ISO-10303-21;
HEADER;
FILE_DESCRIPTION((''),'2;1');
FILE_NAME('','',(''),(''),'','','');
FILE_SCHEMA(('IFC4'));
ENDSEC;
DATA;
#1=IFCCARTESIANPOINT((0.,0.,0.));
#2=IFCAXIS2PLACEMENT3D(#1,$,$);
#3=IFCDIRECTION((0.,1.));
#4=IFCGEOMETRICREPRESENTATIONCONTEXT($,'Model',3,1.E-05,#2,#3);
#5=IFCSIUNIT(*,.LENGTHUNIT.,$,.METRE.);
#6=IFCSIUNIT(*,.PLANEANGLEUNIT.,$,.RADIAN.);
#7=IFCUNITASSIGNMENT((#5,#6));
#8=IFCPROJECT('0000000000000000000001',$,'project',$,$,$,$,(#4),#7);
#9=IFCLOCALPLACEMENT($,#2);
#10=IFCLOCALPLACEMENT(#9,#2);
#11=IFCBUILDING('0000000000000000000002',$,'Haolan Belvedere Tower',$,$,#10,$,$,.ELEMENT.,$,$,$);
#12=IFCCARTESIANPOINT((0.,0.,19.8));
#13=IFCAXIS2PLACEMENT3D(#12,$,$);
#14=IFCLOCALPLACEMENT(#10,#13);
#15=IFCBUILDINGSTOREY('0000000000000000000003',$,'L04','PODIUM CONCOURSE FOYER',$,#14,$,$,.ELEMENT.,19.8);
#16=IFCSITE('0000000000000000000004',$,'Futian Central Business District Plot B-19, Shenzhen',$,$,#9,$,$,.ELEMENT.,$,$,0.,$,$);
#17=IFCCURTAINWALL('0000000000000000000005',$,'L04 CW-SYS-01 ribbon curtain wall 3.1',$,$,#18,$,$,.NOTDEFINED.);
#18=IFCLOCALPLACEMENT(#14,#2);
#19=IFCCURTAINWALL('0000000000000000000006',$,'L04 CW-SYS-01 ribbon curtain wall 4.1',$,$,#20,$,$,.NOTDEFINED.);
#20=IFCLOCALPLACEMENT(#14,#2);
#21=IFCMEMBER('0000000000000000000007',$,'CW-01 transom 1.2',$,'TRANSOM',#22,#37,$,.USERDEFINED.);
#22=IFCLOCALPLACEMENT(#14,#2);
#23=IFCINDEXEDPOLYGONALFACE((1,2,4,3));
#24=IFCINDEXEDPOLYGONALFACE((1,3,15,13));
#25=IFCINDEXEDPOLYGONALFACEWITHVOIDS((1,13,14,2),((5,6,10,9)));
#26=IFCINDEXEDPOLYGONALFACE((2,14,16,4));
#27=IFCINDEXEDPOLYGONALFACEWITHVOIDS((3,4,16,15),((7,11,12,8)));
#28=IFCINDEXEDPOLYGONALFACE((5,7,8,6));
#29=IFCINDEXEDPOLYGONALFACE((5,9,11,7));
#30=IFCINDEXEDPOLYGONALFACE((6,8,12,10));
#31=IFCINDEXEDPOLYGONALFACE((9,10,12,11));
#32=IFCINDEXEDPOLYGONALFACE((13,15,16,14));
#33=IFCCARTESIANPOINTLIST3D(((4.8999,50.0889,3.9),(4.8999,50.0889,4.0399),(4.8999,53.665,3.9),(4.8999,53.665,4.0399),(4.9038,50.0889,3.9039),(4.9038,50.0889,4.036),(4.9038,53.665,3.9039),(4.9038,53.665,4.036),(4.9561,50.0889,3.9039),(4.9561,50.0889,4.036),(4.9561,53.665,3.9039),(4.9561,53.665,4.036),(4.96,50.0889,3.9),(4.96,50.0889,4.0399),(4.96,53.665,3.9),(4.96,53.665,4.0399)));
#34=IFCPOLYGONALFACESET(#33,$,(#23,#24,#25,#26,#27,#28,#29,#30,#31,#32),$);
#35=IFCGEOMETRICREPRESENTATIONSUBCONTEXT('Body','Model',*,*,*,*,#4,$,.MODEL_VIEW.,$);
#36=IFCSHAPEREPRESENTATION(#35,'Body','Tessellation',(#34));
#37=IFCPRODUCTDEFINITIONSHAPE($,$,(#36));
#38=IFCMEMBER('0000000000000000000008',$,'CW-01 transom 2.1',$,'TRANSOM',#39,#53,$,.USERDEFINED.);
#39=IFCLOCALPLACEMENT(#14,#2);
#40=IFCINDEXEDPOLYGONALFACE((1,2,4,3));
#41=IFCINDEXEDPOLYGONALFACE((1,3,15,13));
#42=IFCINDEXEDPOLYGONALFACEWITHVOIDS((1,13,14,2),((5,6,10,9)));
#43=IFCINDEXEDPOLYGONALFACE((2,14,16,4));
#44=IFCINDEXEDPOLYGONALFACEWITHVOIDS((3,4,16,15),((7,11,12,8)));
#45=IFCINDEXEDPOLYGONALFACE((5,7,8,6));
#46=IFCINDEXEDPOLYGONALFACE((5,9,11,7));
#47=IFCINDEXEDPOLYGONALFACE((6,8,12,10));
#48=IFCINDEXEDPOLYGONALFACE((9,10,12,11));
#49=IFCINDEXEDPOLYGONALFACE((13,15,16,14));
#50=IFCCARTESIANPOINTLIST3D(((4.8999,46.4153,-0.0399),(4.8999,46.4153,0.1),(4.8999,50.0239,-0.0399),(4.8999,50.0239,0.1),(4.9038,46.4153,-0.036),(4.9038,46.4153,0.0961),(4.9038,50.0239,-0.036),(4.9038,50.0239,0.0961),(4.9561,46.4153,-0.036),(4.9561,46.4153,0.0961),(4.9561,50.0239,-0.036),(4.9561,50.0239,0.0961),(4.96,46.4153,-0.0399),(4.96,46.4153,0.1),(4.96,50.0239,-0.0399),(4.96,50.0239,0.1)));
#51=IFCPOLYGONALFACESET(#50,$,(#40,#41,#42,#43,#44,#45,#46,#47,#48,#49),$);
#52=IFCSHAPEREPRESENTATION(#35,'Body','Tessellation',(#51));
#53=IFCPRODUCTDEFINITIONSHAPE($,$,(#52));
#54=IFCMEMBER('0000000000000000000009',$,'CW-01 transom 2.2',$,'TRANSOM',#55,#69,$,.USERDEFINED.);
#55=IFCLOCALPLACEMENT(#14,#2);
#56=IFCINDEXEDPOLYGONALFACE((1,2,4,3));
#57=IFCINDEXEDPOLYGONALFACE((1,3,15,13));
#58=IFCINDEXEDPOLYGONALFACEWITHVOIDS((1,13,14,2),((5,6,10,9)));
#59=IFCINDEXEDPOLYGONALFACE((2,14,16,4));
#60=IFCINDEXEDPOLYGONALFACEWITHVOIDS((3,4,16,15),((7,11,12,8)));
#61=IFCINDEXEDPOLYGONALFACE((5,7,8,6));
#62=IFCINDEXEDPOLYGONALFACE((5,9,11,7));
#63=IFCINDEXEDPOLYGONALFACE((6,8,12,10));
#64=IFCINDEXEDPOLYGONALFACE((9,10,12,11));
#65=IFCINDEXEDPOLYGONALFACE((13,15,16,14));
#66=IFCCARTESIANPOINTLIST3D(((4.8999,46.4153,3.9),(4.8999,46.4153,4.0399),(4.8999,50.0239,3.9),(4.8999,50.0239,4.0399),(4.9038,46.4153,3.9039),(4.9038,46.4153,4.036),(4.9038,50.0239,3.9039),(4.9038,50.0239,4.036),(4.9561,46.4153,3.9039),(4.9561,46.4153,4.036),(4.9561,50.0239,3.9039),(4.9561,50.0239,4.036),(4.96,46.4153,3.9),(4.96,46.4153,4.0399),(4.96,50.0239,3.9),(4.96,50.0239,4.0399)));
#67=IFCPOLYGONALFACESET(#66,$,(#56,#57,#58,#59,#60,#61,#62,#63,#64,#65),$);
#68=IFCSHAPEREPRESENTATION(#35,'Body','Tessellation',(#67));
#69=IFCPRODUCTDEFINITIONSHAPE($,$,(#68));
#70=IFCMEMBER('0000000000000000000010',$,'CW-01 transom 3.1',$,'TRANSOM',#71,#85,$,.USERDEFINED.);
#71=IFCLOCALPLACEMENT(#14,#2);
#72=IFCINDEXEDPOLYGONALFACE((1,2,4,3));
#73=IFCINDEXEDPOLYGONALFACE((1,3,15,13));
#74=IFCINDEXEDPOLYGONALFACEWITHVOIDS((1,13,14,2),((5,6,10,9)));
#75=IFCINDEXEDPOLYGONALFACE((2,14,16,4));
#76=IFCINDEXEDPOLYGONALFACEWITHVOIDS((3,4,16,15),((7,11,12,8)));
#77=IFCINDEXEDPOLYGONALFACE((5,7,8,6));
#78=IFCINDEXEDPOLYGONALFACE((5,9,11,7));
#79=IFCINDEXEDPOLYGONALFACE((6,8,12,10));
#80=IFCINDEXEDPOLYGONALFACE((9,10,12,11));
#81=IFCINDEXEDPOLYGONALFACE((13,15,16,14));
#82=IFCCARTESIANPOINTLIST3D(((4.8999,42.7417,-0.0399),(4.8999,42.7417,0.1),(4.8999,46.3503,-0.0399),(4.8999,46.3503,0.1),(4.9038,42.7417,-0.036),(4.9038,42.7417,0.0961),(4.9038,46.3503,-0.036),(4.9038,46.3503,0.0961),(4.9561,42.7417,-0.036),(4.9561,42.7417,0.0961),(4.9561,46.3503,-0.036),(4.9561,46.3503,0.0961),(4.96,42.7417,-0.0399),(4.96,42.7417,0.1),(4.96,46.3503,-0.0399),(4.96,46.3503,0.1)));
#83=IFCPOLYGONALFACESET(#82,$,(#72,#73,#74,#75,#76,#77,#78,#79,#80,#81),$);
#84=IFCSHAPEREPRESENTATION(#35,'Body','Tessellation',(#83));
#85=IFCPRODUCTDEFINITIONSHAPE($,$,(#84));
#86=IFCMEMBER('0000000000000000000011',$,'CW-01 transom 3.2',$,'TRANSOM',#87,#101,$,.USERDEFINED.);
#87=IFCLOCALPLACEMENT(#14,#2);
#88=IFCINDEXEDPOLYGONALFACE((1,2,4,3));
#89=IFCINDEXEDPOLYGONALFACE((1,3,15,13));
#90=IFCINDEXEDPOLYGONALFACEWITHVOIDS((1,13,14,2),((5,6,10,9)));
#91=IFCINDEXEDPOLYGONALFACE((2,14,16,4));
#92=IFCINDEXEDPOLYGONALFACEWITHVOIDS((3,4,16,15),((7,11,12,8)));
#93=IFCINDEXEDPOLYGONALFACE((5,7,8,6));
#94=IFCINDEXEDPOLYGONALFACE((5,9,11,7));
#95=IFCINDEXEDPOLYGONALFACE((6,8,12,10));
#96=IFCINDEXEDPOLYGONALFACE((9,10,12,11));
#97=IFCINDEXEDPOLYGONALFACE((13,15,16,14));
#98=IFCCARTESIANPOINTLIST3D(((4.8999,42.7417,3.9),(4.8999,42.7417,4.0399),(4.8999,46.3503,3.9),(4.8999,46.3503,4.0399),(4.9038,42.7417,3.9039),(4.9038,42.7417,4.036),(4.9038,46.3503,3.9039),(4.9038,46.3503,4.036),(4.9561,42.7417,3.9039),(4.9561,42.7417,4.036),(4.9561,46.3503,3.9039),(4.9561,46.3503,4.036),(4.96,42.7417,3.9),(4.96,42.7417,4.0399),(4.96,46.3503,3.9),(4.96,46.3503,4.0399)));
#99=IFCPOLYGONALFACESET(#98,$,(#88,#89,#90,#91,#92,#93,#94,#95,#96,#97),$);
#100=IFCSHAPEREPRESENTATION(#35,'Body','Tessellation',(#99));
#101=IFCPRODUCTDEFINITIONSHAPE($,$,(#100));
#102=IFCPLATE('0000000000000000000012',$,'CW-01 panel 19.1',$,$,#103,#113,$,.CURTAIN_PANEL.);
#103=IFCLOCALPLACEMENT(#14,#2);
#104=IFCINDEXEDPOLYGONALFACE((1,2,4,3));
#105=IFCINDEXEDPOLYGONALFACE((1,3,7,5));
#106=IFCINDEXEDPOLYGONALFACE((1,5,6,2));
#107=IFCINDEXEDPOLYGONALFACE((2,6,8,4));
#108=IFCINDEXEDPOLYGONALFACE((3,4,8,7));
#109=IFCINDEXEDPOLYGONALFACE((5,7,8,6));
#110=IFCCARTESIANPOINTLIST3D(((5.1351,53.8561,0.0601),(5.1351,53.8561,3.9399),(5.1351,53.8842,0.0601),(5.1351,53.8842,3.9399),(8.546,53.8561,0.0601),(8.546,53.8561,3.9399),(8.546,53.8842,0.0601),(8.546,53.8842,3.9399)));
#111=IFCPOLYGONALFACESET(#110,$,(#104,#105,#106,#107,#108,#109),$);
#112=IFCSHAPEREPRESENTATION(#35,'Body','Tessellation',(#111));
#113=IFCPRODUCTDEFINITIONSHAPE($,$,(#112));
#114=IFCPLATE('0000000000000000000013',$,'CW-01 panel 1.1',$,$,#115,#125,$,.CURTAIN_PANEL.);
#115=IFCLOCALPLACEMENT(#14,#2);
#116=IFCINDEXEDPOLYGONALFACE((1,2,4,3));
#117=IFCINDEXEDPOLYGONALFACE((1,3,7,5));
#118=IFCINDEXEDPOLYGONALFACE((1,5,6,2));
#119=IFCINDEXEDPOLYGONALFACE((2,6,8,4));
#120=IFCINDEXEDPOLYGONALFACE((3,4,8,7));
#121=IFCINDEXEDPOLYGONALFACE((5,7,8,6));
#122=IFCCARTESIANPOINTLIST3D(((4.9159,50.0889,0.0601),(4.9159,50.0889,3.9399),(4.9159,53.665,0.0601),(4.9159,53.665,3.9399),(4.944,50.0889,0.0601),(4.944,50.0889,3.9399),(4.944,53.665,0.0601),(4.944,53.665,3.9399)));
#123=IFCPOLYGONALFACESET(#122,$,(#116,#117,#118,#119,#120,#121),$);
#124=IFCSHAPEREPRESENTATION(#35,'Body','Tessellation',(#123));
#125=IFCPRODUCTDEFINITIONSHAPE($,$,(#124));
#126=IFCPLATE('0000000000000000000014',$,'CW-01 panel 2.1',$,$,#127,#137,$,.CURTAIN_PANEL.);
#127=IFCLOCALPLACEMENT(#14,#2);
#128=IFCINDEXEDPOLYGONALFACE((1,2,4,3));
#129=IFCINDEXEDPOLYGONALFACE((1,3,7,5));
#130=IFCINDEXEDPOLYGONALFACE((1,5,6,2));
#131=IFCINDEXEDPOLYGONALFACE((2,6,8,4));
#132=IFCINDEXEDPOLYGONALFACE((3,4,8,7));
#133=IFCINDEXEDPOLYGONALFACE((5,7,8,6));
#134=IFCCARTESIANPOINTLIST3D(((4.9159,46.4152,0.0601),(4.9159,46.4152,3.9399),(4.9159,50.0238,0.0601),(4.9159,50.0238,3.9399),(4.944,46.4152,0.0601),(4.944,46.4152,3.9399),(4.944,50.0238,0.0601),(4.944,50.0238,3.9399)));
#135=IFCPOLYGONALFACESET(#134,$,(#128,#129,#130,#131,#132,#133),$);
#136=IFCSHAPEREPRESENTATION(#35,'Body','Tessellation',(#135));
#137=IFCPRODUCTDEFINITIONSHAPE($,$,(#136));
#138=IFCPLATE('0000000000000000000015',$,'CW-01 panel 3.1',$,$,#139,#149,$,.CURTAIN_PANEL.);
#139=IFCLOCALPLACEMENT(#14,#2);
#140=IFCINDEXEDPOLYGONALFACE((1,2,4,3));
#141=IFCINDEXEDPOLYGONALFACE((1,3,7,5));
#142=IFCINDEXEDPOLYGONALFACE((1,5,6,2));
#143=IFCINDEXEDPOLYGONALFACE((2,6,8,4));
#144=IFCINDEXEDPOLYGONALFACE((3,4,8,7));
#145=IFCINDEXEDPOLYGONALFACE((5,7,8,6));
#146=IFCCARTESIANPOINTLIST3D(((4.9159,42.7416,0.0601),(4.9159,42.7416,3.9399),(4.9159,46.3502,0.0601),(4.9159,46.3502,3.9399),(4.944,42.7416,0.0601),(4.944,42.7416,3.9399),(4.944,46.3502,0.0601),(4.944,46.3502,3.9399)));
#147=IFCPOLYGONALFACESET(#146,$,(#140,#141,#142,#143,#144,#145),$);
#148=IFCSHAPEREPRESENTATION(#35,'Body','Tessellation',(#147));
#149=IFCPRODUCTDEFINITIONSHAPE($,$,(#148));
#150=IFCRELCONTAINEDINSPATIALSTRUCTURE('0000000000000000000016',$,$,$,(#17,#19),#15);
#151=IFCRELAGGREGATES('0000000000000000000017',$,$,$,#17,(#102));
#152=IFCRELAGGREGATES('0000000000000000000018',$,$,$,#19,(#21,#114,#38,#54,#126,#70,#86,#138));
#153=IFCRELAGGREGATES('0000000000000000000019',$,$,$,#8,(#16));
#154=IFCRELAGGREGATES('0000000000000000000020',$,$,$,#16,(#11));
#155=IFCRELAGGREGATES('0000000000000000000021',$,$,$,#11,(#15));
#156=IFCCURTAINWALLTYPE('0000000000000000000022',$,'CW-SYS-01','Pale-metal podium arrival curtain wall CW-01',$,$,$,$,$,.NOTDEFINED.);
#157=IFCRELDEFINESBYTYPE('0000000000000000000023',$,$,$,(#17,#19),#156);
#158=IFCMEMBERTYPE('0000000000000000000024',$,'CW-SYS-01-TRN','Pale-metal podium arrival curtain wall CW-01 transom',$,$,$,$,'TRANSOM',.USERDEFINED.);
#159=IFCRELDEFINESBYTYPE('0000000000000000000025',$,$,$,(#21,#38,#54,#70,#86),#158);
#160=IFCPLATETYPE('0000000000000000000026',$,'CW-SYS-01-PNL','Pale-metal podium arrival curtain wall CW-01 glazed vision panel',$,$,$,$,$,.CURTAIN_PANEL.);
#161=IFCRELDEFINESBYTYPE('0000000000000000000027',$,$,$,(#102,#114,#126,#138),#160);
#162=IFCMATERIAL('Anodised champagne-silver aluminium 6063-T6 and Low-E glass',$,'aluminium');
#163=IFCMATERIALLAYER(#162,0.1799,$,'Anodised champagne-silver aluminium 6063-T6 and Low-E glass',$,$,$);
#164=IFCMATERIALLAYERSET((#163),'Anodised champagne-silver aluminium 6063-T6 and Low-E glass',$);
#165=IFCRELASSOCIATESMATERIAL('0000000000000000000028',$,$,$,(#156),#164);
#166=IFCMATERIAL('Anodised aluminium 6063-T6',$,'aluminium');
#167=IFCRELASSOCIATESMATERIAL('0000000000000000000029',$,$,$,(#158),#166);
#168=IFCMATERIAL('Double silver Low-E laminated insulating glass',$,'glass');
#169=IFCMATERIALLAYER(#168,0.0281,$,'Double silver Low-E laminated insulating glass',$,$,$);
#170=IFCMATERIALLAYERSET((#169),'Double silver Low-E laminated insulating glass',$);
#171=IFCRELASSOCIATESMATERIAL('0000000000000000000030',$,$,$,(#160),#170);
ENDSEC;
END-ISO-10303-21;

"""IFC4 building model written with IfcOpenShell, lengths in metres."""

from ifc_helpers import new_model, si_unit, direction, frame, origin, origin_2d, place, context, subcontext, project, spatial, rectangle, hollow_rectangle, extrude, material, layer, layer_set, material_profile, profile_set, type_object, element, aggregate, save


model = new_model("IFC4")

# Units and contexts
model_context = context("Model", 3, precision=1e-05, world=origin(), true_north=direction((0.0, 1.0)))
body_context = subcontext(model_context, "Body", "Model", "MODEL_VIEW")
ifc_project = project(units=[si_unit("LENGTHUNIT", "METRE"), si_unit("PLANEANGLEUNIT", "RADIAN")], contexts=[model_context])

# Site, building, storey
site_placement = place(None, origin())
site = spatial("IfcSite", under=ifc_project, at=site_placement, Name="Futian Central Business District Plot B-19, Shenzhen", CompositionType="ELEMENT", RefElevation=0.0)
building_placement = place(site_placement, origin())
building = spatial("IfcBuilding", under=site, at=building_placement, Name="Haolan Belvedere Tower", CompositionType="ELEMENT")
storey_placement = place(building_placement, frame((0.0, 0.0, 19.8)))
storey = spatial("IfcBuildingStorey", under=building, at=storey_placement, Name="L04", Description="PODIUM CONCOURSE FOYER", CompositionType="ELEMENT", Elevation=19.8)

# Curtain wall
ifc_material_1 = material(Name="Anodised champagne-silver aluminium 6063-T6 and Low-E glass", Category="aluminium")
ifc_layer_1 = layer(ifc_material_1, 0.1799, Name="Anodised champagne-silver aluminium 6063-T6 and Low-E glass")
ifc_layer_set_1 = layer_set([ifc_layer_1], Name="Anodised champagne-silver aluminium 6063-T6 and Low-E glass")
curtain_wall_type = type_object("IfcCurtainWallType", Name="CW-SYS-01", Description="Pale-metal podium arrival curtain wall CW-01", PredefinedType="NOTDEFINED", material=ifc_layer_set_1)
curtain_wall_1_placement = place(storey_placement, origin())
curtain_wall_1 = element("IfcCurtainWall", 1, at=curtain_wall_1_placement, inside=storey, type_object=curtain_wall_type, Name="L04 CW-SYS-01 ribbon curtain wall 3.1", PredefinedType="NOTDEFINED")
ifc_material_2 = material(Name="Anodised aluminium 6063-T6", Category="aluminium")

# Curtain wall
curtain_wall_2_placement = place(storey_placement, origin())
curtain_wall_2 = element("IfcCurtainWall", 2, at=curtain_wall_2_placement, inside=storey, type_object=curtain_wall_type, Name="L04 CW-SYS-01 ribbon curtain wall 4.1", PredefinedType="NOTDEFINED")

# Members
ifc_material_profile_1 = material_profile(ifc_material_2, hollow_rectangle(XDim=0.0601, YDim=0.1399, WallThickness=0.0039, at=origin_2d()), Name="Anodised aluminium 6063-T6")
ifc_profile_set_1 = profile_set([ifc_material_profile_1], Name="Anodised aluminium 6063-T6")
member_type_1 = type_object("IfcMemberType", Name="CW-SYS-01-TRN", Description="Pale-metal podium arrival curtain wall CW-01 transom", ElementType="TRANSOM", PredefinedType="USERDEFINED", material=ifc_profile_set_1)
member_1_placement = place(storey_placement, frame((4.9299, 53.665, 3.97), z_axis=(0.0, -1.0, 0.0), x_axis=(1.0, 0.0, 0.0)))
member_1 = element("IfcMember", 3, at=member_1_placement, type_object=member_type_1, Name="CW-01 transom 1.2", ObjectType="TRANSOM", PredefinedType="USERDEFINED", context=body_context, shape_type="SweptSolid", body=[
    extrude(hollow_rectangle(XDim=0.0601, YDim=0.1399, WallThickness=0.0039, at=origin_2d()), origin(), (0.0, 0.0, 1.0), 3.5762),
])
member_2_placement = place(storey_placement, frame((4.9299, 50.0239, 0.03), z_axis=(0.0, -1.0, 0.0), x_axis=(1.0, 0.0, 0.0)))
member_2 = element("IfcMember", 4, at=member_2_placement, type_object=member_type_1, Name="CW-01 transom 2.1", ObjectType="TRANSOM", PredefinedType="USERDEFINED", context=body_context, shape_type="SweptSolid", body=[
    extrude(hollow_rectangle(XDim=0.0601, YDim=0.1399, WallThickness=0.0039, at=origin_2d()), origin(), (0.0, 0.0, 1.0), 3.6086),
])
member_3_placement = place(storey_placement, frame((4.9299, 50.0239, 3.97), z_axis=(0.0, -1.0, 0.0), x_axis=(1.0, 0.0, 0.0)))
member_3 = element("IfcMember", 5, at=member_3_placement, type_object=member_type_1, Name="CW-01 transom 2.2", ObjectType="TRANSOM", PredefinedType="USERDEFINED", context=body_context, shape_type="SweptSolid", body=[
    extrude(hollow_rectangle(XDim=0.0601, YDim=0.1399, WallThickness=0.0039, at=origin_2d()), origin(), (0.0, 0.0, 1.0), 3.6086),
])
member_4_placement = place(storey_placement, frame((4.9299, 46.3503, 0.03), z_axis=(0.0, -1.0, 0.0), x_axis=(1.0, 0.0, 0.0)))
member_4 = element("IfcMember", 6, at=member_4_placement, type_object=member_type_1, Name="CW-01 transom 3.1", ObjectType="TRANSOM", PredefinedType="USERDEFINED", context=body_context, shape_type="SweptSolid", body=[
    extrude(hollow_rectangle(XDim=0.0601, YDim=0.1399, WallThickness=0.0039, at=origin_2d()), origin(), (0.0, 0.0, 1.0), 3.6086),
])
member_5_placement = place(storey_placement, frame((4.9299, 46.3503, 3.97), z_axis=(0.0, -1.0, 0.0), x_axis=(1.0, 0.0, 0.0)))
member_5 = element("IfcMember", 7, at=member_5_placement, type_object=member_type_1, Name="CW-01 transom 3.2", ObjectType="TRANSOM", PredefinedType="USERDEFINED", context=body_context, shape_type="SweptSolid", body=[
    extrude(hollow_rectangle(XDim=0.0601, YDim=0.1399, WallThickness=0.0039, at=origin_2d()), origin(), (0.0, 0.0, 1.0), 3.6086),
])

# Plates
ifc_material_3 = material(Name="Double silver Low-E laminated insulating glass", Category="glass")
ifc_layer_2 = layer(ifc_material_3, 0.0281, Name="Double silver Low-E laminated insulating glass")
ifc_layer_set_2 = layer_set([ifc_layer_2], Name="Double silver Low-E laminated insulating glass")
plate_type = type_object("IfcPlateType", Name="CW-SYS-01-PNL", Description="Pale-metal podium arrival curtain wall CW-01 glazed vision panel", PredefinedType="CURTAIN_PANEL", material=ifc_layer_set_2)
plate_1_placement = place(storey_placement, frame((6.8406, 53.8701, 0.0601), z_axis=(0.0, 0.0, 1.0), x_axis=(-1.0, 0.0, 0.0)))
plate_1 = element("IfcPlate", 8, at=plate_1_placement, type_object=plate_type, Name="CW-01 panel 19.1", PredefinedType="CURTAIN_PANEL", context=body_context, shape_type="SweptSolid", body=[
    extrude(rectangle(XDim=3.4109, YDim=0.0281, at=origin_2d()), origin(), (0.0, 0.0, 1.0), 3.8799),
])
aggregate(curtain_wall_1, [plate_1])
plate_2_placement = place(storey_placement, frame((4.9299, 51.877, 0.0601), z_axis=(0.0, 0.0, 1.0), x_axis=(0.0, -1.0, 0.0)))
plate_2 = element("IfcPlate", 9, at=plate_2_placement, type_object=plate_type, Name="CW-01 panel 1.1", PredefinedType="CURTAIN_PANEL", context=body_context, shape_type="SweptSolid", body=[
    extrude(rectangle(XDim=3.5762, YDim=0.0281, at=origin_2d()), origin(), (0.0, 0.0, 1.0), 3.8799),
])
plate_3_placement = place(storey_placement, frame((4.9299, 48.2195, 0.0601), z_axis=(0.0, 0.0, 1.0), x_axis=(0.0, -1.0, 0.0)))
plate_3 = element("IfcPlate", 10, at=plate_3_placement, type_object=plate_type, Name="CW-01 panel 2.1", PredefinedType="CURTAIN_PANEL", context=body_context, shape_type="SweptSolid", body=[
    extrude(rectangle(XDim=3.6086, YDim=0.0281, at=origin_2d()), origin(), (0.0, 0.0, 1.0), 3.8799),
])
plate_4_placement = place(storey_placement, frame((4.9299, 44.5459, 0.0601), z_axis=(0.0, 0.0, 1.0), x_axis=(0.0, -1.0, 0.0)))
plate_4 = element("IfcPlate", 11, at=plate_4_placement, type_object=plate_type, Name="CW-01 panel 3.1", PredefinedType="CURTAIN_PANEL", context=body_context, shape_type="SweptSolid", body=[
    extrude(rectangle(XDim=3.6086, YDim=0.0281, at=origin_2d()), origin(), (0.0, 0.0, 1.0), 3.8799),
])
aggregate(curtain_wall_2, [member_1, plate_2, member_2, member_3, plate_3, member_4, member_5, plate_4])

save(model, "model.ifc")
